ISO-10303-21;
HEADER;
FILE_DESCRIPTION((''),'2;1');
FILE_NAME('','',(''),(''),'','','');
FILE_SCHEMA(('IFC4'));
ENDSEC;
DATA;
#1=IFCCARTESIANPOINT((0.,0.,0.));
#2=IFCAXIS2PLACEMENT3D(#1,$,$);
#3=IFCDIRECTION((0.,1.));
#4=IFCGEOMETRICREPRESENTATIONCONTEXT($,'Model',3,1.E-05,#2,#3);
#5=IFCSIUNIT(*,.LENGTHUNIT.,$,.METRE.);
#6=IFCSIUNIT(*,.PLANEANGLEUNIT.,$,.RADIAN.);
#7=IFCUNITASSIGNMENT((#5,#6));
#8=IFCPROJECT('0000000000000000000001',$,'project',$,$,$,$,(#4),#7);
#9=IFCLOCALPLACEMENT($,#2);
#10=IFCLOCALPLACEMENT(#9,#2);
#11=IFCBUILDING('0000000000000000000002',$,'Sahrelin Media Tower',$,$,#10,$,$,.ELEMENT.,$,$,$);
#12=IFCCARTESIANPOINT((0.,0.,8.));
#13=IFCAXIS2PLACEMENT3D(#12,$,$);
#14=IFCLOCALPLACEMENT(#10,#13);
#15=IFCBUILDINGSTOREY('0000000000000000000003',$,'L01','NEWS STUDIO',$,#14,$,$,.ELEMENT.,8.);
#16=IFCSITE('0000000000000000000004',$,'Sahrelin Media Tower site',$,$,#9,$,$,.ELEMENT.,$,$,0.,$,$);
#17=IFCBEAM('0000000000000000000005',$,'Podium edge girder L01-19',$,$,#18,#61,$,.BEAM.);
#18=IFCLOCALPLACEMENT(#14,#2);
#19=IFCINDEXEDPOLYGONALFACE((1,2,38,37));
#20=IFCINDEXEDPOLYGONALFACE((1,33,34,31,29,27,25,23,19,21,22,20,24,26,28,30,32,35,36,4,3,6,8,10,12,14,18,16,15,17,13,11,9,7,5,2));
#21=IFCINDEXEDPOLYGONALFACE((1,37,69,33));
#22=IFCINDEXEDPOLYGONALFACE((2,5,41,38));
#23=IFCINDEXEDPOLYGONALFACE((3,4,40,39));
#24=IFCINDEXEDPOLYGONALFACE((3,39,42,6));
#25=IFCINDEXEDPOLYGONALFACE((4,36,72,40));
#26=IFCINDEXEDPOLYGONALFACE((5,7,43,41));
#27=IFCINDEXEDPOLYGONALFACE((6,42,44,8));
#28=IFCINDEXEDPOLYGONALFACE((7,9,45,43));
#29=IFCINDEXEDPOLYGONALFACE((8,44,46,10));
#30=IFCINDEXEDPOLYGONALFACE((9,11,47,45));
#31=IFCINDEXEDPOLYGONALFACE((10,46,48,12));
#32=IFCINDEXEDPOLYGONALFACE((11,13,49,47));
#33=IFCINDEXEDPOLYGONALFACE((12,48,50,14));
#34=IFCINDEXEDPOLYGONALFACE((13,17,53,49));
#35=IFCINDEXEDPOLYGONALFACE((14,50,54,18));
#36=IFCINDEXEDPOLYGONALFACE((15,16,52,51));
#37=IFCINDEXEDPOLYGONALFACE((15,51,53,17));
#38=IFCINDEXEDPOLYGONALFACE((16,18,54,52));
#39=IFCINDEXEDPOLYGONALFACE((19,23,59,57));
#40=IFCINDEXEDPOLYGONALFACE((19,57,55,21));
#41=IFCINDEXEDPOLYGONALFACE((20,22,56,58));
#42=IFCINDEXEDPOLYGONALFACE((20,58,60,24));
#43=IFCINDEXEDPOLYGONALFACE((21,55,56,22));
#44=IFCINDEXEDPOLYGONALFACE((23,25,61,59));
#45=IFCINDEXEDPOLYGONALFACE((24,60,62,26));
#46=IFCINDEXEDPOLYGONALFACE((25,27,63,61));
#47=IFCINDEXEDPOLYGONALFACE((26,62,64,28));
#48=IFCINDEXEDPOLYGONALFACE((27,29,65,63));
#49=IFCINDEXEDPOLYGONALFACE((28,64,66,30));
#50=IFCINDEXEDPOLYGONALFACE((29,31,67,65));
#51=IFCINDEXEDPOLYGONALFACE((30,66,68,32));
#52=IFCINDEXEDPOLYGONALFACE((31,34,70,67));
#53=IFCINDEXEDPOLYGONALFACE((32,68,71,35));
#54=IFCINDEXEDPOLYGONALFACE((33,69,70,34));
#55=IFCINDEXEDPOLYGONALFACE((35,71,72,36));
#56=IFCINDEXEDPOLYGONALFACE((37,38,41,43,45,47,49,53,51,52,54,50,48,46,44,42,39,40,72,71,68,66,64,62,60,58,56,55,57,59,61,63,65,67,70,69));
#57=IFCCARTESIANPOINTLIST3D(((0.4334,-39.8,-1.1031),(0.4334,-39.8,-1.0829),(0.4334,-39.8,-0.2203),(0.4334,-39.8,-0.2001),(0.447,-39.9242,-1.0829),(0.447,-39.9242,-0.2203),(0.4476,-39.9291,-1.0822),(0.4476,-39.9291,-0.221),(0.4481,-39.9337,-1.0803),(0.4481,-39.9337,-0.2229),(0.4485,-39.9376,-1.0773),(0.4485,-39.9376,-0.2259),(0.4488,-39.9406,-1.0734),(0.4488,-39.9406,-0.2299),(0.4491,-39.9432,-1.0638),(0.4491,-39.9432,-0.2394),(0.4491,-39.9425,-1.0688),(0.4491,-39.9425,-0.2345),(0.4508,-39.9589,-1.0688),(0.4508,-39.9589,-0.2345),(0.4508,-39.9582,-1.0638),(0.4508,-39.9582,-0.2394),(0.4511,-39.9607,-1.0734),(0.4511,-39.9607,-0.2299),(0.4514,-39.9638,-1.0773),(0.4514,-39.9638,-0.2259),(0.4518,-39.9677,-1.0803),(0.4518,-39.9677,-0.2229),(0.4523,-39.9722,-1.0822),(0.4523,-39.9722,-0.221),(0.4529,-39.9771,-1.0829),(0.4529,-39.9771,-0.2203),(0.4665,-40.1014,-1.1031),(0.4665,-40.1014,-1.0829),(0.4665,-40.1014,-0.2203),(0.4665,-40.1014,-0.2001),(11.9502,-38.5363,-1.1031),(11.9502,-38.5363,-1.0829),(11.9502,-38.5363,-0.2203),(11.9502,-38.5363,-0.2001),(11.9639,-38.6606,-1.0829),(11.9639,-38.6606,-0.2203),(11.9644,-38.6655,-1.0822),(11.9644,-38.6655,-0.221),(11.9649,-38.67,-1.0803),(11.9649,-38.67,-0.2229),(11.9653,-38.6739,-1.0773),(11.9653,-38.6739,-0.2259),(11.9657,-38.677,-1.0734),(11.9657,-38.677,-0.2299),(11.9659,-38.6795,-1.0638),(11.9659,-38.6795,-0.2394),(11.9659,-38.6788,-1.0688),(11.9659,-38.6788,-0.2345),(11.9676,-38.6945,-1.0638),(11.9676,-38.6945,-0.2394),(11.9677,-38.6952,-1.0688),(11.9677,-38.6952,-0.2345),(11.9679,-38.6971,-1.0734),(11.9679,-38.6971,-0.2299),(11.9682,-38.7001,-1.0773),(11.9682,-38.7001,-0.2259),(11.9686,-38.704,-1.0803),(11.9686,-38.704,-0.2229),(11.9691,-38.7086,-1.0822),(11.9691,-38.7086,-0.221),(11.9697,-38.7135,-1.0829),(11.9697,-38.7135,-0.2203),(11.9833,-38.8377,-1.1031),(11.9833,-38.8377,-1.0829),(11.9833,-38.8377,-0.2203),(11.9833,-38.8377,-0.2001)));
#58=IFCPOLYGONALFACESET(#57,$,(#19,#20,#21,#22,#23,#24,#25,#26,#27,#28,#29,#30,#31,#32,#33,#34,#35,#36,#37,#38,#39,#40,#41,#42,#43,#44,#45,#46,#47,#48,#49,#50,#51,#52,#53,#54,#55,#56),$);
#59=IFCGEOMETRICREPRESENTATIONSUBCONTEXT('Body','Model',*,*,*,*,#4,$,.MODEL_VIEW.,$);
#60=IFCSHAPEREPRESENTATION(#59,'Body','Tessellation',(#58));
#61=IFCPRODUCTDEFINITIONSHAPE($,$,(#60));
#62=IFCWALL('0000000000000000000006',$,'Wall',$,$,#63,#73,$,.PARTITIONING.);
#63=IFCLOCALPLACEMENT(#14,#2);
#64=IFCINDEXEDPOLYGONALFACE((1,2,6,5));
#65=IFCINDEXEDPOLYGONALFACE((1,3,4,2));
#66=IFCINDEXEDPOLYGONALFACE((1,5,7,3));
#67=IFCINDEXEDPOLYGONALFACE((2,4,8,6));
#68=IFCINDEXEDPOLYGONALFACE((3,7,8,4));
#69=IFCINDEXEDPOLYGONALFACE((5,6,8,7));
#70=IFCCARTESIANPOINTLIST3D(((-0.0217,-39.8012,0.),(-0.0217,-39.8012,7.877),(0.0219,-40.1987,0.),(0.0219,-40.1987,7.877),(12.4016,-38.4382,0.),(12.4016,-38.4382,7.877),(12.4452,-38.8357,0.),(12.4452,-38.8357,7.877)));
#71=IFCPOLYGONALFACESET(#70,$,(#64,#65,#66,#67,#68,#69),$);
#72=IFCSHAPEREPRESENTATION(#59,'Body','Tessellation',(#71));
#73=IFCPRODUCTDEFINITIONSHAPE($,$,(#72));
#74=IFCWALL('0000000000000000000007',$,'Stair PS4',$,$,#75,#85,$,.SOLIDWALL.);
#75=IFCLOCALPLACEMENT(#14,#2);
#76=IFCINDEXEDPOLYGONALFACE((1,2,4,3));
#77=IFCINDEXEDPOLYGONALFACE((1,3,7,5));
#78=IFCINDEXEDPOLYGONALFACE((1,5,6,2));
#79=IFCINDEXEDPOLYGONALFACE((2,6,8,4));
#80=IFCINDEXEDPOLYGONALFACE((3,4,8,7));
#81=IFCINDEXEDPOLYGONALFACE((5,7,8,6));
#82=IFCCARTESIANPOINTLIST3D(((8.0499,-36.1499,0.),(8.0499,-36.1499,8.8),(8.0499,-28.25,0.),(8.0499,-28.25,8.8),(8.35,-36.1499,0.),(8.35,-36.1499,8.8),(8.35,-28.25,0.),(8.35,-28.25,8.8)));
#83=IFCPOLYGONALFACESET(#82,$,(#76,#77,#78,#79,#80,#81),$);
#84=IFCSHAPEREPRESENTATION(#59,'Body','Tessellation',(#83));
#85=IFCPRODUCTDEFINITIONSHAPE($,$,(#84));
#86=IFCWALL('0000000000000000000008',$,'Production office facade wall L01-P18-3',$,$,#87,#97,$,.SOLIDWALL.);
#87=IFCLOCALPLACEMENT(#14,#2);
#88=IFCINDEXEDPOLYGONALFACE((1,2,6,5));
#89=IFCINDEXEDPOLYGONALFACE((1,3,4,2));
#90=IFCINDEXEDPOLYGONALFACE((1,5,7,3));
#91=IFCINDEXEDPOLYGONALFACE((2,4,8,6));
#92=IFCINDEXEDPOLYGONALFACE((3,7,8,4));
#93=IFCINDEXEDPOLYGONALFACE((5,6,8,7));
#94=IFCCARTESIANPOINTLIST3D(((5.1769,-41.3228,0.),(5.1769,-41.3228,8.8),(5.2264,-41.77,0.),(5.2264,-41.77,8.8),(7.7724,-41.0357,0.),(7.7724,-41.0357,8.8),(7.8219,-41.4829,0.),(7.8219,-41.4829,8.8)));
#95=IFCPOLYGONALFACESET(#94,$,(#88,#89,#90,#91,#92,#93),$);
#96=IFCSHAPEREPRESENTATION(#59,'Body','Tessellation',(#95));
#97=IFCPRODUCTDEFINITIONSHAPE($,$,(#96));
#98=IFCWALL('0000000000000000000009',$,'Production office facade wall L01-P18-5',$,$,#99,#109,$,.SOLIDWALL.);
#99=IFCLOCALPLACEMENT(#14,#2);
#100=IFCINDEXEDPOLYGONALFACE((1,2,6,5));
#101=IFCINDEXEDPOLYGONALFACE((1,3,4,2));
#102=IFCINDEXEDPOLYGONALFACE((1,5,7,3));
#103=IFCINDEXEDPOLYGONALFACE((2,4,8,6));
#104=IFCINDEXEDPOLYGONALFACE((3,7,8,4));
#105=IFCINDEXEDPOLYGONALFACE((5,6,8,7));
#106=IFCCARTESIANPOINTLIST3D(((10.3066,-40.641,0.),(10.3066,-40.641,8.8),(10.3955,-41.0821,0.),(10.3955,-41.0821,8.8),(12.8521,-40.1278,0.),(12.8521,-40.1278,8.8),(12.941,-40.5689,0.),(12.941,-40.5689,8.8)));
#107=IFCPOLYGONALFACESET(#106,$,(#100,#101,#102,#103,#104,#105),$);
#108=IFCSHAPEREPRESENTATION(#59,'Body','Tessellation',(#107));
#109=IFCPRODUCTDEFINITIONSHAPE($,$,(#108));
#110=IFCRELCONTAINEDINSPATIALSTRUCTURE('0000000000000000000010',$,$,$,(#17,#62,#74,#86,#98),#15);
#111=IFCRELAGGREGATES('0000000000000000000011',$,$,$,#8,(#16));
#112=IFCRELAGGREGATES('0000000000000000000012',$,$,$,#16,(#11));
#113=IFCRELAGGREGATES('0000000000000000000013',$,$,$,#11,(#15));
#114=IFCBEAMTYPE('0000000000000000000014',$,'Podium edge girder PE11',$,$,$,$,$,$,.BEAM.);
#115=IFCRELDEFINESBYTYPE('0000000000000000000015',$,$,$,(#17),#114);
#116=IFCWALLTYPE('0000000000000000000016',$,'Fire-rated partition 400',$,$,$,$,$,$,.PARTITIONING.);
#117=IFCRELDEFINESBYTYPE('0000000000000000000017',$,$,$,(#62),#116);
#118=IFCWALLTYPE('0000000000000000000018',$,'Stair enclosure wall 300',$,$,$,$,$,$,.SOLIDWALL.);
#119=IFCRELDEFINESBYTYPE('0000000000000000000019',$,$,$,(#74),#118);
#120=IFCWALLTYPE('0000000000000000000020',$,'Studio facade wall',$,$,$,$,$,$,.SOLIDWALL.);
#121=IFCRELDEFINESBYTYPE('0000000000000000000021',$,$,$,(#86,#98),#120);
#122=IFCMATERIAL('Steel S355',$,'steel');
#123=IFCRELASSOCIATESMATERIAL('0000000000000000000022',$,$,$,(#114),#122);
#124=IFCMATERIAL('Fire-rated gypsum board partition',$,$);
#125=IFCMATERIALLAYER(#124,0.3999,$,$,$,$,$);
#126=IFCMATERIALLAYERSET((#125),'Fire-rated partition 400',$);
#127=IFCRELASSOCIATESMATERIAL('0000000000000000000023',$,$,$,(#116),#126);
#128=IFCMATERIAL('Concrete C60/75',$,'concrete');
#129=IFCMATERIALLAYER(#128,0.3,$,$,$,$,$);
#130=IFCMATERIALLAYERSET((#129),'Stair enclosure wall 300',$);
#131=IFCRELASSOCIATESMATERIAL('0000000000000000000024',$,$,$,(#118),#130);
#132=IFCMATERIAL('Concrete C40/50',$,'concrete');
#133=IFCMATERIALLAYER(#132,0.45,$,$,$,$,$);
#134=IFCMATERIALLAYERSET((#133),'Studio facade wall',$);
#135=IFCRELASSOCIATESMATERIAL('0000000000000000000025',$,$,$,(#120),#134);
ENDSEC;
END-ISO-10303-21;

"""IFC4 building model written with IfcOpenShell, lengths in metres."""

from ifc_helpers import new_model, si_unit, direction, frame, frame_2d, origin, origin_2d, place, context, subcontext, project, spatial, rectangle, i_section, extrude, material, layer, layer_set, material_profile, profile_set, type_object, element, save


model = new_model("IFC4")

# Units and contexts
model_context = context("Model", 3, precision=1e-05, world=origin(), true_north=direction((0.0, 1.0)))
body_context = subcontext(model_context, "Body", "Model", "MODEL_VIEW")
ifc_project = project(units=[si_unit("LENGTHUNIT", "METRE"), si_unit("PLANEANGLEUNIT", "RADIAN")], contexts=[model_context])

# Site, building, storey
site_placement = place(None, origin())
site = spatial("IfcSite", under=ifc_project, at=site_placement, Name="Sahrelin Media Tower site", CompositionType="ELEMENT", RefElevation=0.0)
building_placement = place(site_placement, origin())
building = spatial("IfcBuilding", under=site, at=building_placement, Name="Sahrelin Media Tower", CompositionType="ELEMENT")
storey_placement = place(building_placement, frame((0.0, 0.0, 8.0)))
storey = spatial("IfcBuildingStorey", under=building, at=storey_placement, Name="L01", Description="NEWS STUDIO", CompositionType="ELEMENT", Elevation=8.0)

# Beam
ifc_material_1 = material(Name="Steel S355", Category="steel")
ifc_material_profile = material_profile(ifc_material_1, i_section(OverallWidth=0.3032, OverallDepth=0.9031, WebThickness=0.0151, FlangeThickness=0.0203, FilletRadius=0.019, at=origin_2d()), Name="UB 914x305x201")
ifc_profile_set = profile_set([ifc_material_profile], Name="Steel S355")
beam_type = type_object("IfcBeamType", Name="Podium edge girder PE11", PredefinedType="BEAM", material=ifc_profile_set)
beam_placement = place(storey_placement, frame((0.45, -39.9507, -0.6516), z_axis=(0.994034, 0.109069, 0.0), x_axis=(-0.109069, 0.994034, 0.0)))
element("IfcBeam", 1, at=beam_placement, inside=storey, type_object=beam_type, Name="Podium edge girder L01-19", PredefinedType="BEAM", context=body_context, shape_type="SweptSolid", body=[
    extrude(i_section(OverallWidth=0.3032, OverallDepth=0.9031, WebThickness=0.0151, FlangeThickness=0.0203, FilletRadius=0.019, at=origin_2d()), origin(), (0.0, 0.0, 1.0), 11.5859),
])

# Walls
ifc_material_2 = material(Name="Fire-rated gypsum board partition")
ifc_layer_1 = layer(ifc_material_2, 0.3999)
ifc_layer_set_1 = layer_set([ifc_layer_1], Name="Fire-rated partition 400")
wall_type_1 = type_object("IfcWallType", Name="Fire-rated partition 400", PredefinedType="PARTITIONING", material=ifc_layer_set_1)
wall_1_placement = place(storey_placement, frame((0.0, -40.0, 0.0), z_axis=(0.0, 0.0, 1.0), x_axis=(0.994035, 0.109061, 0.0)))
element("IfcWall", 2, at=wall_1_placement, inside=storey, type_object=wall_type_1, Name="Wall", PredefinedType="PARTITIONING", context=body_context, shape_type="SweptSolid", body=[
    extrude(rectangle(XDim=12.4978, YDim=0.3999, at=frame_2d((6.249, 0.0))), origin(), (0.0, 0.0, 1.0), 7.877),
])
ifc_material_3 = material(Name="Concrete C60/75", Category="concrete")
ifc_layer_2 = layer(ifc_material_3, 0.3)
ifc_layer_set_2 = layer_set([ifc_layer_2], Name="Stair enclosure wall 300")
wall_type_2 = type_object("IfcWallType", Name="Stair enclosure wall 300", PredefinedType="SOLIDWALL", material=ifc_layer_set_2)
wall_2_placement = place(storey_placement, frame((8.2, -36.1499, 0.0), z_axis=(0.0, 0.0, 1.0), x_axis=(0.0, 1.0, 0.0)))
element("IfcWall", 3, at=wall_2_placement, inside=storey, type_object=wall_type_2, Name="Stair PS4", PredefinedType="SOLIDWALL", context=body_context, shape_type="SweptSolid", body=[
    extrude(rectangle(XDim=7.8999, YDim=0.3, at=frame_2d((3.95, 0.0))), origin(), (0.0, 0.0, 1.0), 8.8),
])

# Shared definitions
ifc_material_4 = material(Name="Concrete C40/50", Category="concrete")
ifc_layer_3 = layer(ifc_material_4, 0.45)
ifc_layer_set_3 = layer_set([ifc_layer_3], Name="Studio facade wall")
wall_type_3 = type_object("IfcWallType", Name="Studio facade wall", PredefinedType="SOLIDWALL", material=ifc_layer_set_3)

# Wall
wall_3_placement = place(storey_placement, frame((5.2017, -41.5464, 0.0), z_axis=(0.0, 0.0, 1.0), x_axis=(0.993937, 0.109949, 0.0)))
element("IfcWall", 4, at=wall_3_placement, inside=storey, type_object=wall_type_3, Name="Production office facade wall L01-P18-3", PredefinedType="SOLIDWALL", context=body_context, shape_type="SweptSolid", body=[
    extrude(rectangle(XDim=2.6113, YDim=0.45, at=frame_2d((1.3057, 0.0))), origin(), (0.0, 0.0, 1.0), 8.8),
])

# Wall
wall_4_placement = place(storey_placement, frame((10.3511, -40.8616, 0.0), z_axis=(0.0, 0.0, 1.0), x_axis=(0.980276, 0.197635, 0.0)))
element("IfcWall", 5, at=wall_4_placement, inside=storey, type_object=wall_type_3, Name="Production office facade wall L01-P18-5", PredefinedType="SOLIDWALL", context=body_context, shape_type="SweptSolid", body=[
    extrude(rectangle(XDim=2.5967, YDim=0.45, at=frame_2d((1.2983, 0.0))), origin(), (0.0, 0.0, 1.0), 8.8),
])

save(model, "model.ifc")
